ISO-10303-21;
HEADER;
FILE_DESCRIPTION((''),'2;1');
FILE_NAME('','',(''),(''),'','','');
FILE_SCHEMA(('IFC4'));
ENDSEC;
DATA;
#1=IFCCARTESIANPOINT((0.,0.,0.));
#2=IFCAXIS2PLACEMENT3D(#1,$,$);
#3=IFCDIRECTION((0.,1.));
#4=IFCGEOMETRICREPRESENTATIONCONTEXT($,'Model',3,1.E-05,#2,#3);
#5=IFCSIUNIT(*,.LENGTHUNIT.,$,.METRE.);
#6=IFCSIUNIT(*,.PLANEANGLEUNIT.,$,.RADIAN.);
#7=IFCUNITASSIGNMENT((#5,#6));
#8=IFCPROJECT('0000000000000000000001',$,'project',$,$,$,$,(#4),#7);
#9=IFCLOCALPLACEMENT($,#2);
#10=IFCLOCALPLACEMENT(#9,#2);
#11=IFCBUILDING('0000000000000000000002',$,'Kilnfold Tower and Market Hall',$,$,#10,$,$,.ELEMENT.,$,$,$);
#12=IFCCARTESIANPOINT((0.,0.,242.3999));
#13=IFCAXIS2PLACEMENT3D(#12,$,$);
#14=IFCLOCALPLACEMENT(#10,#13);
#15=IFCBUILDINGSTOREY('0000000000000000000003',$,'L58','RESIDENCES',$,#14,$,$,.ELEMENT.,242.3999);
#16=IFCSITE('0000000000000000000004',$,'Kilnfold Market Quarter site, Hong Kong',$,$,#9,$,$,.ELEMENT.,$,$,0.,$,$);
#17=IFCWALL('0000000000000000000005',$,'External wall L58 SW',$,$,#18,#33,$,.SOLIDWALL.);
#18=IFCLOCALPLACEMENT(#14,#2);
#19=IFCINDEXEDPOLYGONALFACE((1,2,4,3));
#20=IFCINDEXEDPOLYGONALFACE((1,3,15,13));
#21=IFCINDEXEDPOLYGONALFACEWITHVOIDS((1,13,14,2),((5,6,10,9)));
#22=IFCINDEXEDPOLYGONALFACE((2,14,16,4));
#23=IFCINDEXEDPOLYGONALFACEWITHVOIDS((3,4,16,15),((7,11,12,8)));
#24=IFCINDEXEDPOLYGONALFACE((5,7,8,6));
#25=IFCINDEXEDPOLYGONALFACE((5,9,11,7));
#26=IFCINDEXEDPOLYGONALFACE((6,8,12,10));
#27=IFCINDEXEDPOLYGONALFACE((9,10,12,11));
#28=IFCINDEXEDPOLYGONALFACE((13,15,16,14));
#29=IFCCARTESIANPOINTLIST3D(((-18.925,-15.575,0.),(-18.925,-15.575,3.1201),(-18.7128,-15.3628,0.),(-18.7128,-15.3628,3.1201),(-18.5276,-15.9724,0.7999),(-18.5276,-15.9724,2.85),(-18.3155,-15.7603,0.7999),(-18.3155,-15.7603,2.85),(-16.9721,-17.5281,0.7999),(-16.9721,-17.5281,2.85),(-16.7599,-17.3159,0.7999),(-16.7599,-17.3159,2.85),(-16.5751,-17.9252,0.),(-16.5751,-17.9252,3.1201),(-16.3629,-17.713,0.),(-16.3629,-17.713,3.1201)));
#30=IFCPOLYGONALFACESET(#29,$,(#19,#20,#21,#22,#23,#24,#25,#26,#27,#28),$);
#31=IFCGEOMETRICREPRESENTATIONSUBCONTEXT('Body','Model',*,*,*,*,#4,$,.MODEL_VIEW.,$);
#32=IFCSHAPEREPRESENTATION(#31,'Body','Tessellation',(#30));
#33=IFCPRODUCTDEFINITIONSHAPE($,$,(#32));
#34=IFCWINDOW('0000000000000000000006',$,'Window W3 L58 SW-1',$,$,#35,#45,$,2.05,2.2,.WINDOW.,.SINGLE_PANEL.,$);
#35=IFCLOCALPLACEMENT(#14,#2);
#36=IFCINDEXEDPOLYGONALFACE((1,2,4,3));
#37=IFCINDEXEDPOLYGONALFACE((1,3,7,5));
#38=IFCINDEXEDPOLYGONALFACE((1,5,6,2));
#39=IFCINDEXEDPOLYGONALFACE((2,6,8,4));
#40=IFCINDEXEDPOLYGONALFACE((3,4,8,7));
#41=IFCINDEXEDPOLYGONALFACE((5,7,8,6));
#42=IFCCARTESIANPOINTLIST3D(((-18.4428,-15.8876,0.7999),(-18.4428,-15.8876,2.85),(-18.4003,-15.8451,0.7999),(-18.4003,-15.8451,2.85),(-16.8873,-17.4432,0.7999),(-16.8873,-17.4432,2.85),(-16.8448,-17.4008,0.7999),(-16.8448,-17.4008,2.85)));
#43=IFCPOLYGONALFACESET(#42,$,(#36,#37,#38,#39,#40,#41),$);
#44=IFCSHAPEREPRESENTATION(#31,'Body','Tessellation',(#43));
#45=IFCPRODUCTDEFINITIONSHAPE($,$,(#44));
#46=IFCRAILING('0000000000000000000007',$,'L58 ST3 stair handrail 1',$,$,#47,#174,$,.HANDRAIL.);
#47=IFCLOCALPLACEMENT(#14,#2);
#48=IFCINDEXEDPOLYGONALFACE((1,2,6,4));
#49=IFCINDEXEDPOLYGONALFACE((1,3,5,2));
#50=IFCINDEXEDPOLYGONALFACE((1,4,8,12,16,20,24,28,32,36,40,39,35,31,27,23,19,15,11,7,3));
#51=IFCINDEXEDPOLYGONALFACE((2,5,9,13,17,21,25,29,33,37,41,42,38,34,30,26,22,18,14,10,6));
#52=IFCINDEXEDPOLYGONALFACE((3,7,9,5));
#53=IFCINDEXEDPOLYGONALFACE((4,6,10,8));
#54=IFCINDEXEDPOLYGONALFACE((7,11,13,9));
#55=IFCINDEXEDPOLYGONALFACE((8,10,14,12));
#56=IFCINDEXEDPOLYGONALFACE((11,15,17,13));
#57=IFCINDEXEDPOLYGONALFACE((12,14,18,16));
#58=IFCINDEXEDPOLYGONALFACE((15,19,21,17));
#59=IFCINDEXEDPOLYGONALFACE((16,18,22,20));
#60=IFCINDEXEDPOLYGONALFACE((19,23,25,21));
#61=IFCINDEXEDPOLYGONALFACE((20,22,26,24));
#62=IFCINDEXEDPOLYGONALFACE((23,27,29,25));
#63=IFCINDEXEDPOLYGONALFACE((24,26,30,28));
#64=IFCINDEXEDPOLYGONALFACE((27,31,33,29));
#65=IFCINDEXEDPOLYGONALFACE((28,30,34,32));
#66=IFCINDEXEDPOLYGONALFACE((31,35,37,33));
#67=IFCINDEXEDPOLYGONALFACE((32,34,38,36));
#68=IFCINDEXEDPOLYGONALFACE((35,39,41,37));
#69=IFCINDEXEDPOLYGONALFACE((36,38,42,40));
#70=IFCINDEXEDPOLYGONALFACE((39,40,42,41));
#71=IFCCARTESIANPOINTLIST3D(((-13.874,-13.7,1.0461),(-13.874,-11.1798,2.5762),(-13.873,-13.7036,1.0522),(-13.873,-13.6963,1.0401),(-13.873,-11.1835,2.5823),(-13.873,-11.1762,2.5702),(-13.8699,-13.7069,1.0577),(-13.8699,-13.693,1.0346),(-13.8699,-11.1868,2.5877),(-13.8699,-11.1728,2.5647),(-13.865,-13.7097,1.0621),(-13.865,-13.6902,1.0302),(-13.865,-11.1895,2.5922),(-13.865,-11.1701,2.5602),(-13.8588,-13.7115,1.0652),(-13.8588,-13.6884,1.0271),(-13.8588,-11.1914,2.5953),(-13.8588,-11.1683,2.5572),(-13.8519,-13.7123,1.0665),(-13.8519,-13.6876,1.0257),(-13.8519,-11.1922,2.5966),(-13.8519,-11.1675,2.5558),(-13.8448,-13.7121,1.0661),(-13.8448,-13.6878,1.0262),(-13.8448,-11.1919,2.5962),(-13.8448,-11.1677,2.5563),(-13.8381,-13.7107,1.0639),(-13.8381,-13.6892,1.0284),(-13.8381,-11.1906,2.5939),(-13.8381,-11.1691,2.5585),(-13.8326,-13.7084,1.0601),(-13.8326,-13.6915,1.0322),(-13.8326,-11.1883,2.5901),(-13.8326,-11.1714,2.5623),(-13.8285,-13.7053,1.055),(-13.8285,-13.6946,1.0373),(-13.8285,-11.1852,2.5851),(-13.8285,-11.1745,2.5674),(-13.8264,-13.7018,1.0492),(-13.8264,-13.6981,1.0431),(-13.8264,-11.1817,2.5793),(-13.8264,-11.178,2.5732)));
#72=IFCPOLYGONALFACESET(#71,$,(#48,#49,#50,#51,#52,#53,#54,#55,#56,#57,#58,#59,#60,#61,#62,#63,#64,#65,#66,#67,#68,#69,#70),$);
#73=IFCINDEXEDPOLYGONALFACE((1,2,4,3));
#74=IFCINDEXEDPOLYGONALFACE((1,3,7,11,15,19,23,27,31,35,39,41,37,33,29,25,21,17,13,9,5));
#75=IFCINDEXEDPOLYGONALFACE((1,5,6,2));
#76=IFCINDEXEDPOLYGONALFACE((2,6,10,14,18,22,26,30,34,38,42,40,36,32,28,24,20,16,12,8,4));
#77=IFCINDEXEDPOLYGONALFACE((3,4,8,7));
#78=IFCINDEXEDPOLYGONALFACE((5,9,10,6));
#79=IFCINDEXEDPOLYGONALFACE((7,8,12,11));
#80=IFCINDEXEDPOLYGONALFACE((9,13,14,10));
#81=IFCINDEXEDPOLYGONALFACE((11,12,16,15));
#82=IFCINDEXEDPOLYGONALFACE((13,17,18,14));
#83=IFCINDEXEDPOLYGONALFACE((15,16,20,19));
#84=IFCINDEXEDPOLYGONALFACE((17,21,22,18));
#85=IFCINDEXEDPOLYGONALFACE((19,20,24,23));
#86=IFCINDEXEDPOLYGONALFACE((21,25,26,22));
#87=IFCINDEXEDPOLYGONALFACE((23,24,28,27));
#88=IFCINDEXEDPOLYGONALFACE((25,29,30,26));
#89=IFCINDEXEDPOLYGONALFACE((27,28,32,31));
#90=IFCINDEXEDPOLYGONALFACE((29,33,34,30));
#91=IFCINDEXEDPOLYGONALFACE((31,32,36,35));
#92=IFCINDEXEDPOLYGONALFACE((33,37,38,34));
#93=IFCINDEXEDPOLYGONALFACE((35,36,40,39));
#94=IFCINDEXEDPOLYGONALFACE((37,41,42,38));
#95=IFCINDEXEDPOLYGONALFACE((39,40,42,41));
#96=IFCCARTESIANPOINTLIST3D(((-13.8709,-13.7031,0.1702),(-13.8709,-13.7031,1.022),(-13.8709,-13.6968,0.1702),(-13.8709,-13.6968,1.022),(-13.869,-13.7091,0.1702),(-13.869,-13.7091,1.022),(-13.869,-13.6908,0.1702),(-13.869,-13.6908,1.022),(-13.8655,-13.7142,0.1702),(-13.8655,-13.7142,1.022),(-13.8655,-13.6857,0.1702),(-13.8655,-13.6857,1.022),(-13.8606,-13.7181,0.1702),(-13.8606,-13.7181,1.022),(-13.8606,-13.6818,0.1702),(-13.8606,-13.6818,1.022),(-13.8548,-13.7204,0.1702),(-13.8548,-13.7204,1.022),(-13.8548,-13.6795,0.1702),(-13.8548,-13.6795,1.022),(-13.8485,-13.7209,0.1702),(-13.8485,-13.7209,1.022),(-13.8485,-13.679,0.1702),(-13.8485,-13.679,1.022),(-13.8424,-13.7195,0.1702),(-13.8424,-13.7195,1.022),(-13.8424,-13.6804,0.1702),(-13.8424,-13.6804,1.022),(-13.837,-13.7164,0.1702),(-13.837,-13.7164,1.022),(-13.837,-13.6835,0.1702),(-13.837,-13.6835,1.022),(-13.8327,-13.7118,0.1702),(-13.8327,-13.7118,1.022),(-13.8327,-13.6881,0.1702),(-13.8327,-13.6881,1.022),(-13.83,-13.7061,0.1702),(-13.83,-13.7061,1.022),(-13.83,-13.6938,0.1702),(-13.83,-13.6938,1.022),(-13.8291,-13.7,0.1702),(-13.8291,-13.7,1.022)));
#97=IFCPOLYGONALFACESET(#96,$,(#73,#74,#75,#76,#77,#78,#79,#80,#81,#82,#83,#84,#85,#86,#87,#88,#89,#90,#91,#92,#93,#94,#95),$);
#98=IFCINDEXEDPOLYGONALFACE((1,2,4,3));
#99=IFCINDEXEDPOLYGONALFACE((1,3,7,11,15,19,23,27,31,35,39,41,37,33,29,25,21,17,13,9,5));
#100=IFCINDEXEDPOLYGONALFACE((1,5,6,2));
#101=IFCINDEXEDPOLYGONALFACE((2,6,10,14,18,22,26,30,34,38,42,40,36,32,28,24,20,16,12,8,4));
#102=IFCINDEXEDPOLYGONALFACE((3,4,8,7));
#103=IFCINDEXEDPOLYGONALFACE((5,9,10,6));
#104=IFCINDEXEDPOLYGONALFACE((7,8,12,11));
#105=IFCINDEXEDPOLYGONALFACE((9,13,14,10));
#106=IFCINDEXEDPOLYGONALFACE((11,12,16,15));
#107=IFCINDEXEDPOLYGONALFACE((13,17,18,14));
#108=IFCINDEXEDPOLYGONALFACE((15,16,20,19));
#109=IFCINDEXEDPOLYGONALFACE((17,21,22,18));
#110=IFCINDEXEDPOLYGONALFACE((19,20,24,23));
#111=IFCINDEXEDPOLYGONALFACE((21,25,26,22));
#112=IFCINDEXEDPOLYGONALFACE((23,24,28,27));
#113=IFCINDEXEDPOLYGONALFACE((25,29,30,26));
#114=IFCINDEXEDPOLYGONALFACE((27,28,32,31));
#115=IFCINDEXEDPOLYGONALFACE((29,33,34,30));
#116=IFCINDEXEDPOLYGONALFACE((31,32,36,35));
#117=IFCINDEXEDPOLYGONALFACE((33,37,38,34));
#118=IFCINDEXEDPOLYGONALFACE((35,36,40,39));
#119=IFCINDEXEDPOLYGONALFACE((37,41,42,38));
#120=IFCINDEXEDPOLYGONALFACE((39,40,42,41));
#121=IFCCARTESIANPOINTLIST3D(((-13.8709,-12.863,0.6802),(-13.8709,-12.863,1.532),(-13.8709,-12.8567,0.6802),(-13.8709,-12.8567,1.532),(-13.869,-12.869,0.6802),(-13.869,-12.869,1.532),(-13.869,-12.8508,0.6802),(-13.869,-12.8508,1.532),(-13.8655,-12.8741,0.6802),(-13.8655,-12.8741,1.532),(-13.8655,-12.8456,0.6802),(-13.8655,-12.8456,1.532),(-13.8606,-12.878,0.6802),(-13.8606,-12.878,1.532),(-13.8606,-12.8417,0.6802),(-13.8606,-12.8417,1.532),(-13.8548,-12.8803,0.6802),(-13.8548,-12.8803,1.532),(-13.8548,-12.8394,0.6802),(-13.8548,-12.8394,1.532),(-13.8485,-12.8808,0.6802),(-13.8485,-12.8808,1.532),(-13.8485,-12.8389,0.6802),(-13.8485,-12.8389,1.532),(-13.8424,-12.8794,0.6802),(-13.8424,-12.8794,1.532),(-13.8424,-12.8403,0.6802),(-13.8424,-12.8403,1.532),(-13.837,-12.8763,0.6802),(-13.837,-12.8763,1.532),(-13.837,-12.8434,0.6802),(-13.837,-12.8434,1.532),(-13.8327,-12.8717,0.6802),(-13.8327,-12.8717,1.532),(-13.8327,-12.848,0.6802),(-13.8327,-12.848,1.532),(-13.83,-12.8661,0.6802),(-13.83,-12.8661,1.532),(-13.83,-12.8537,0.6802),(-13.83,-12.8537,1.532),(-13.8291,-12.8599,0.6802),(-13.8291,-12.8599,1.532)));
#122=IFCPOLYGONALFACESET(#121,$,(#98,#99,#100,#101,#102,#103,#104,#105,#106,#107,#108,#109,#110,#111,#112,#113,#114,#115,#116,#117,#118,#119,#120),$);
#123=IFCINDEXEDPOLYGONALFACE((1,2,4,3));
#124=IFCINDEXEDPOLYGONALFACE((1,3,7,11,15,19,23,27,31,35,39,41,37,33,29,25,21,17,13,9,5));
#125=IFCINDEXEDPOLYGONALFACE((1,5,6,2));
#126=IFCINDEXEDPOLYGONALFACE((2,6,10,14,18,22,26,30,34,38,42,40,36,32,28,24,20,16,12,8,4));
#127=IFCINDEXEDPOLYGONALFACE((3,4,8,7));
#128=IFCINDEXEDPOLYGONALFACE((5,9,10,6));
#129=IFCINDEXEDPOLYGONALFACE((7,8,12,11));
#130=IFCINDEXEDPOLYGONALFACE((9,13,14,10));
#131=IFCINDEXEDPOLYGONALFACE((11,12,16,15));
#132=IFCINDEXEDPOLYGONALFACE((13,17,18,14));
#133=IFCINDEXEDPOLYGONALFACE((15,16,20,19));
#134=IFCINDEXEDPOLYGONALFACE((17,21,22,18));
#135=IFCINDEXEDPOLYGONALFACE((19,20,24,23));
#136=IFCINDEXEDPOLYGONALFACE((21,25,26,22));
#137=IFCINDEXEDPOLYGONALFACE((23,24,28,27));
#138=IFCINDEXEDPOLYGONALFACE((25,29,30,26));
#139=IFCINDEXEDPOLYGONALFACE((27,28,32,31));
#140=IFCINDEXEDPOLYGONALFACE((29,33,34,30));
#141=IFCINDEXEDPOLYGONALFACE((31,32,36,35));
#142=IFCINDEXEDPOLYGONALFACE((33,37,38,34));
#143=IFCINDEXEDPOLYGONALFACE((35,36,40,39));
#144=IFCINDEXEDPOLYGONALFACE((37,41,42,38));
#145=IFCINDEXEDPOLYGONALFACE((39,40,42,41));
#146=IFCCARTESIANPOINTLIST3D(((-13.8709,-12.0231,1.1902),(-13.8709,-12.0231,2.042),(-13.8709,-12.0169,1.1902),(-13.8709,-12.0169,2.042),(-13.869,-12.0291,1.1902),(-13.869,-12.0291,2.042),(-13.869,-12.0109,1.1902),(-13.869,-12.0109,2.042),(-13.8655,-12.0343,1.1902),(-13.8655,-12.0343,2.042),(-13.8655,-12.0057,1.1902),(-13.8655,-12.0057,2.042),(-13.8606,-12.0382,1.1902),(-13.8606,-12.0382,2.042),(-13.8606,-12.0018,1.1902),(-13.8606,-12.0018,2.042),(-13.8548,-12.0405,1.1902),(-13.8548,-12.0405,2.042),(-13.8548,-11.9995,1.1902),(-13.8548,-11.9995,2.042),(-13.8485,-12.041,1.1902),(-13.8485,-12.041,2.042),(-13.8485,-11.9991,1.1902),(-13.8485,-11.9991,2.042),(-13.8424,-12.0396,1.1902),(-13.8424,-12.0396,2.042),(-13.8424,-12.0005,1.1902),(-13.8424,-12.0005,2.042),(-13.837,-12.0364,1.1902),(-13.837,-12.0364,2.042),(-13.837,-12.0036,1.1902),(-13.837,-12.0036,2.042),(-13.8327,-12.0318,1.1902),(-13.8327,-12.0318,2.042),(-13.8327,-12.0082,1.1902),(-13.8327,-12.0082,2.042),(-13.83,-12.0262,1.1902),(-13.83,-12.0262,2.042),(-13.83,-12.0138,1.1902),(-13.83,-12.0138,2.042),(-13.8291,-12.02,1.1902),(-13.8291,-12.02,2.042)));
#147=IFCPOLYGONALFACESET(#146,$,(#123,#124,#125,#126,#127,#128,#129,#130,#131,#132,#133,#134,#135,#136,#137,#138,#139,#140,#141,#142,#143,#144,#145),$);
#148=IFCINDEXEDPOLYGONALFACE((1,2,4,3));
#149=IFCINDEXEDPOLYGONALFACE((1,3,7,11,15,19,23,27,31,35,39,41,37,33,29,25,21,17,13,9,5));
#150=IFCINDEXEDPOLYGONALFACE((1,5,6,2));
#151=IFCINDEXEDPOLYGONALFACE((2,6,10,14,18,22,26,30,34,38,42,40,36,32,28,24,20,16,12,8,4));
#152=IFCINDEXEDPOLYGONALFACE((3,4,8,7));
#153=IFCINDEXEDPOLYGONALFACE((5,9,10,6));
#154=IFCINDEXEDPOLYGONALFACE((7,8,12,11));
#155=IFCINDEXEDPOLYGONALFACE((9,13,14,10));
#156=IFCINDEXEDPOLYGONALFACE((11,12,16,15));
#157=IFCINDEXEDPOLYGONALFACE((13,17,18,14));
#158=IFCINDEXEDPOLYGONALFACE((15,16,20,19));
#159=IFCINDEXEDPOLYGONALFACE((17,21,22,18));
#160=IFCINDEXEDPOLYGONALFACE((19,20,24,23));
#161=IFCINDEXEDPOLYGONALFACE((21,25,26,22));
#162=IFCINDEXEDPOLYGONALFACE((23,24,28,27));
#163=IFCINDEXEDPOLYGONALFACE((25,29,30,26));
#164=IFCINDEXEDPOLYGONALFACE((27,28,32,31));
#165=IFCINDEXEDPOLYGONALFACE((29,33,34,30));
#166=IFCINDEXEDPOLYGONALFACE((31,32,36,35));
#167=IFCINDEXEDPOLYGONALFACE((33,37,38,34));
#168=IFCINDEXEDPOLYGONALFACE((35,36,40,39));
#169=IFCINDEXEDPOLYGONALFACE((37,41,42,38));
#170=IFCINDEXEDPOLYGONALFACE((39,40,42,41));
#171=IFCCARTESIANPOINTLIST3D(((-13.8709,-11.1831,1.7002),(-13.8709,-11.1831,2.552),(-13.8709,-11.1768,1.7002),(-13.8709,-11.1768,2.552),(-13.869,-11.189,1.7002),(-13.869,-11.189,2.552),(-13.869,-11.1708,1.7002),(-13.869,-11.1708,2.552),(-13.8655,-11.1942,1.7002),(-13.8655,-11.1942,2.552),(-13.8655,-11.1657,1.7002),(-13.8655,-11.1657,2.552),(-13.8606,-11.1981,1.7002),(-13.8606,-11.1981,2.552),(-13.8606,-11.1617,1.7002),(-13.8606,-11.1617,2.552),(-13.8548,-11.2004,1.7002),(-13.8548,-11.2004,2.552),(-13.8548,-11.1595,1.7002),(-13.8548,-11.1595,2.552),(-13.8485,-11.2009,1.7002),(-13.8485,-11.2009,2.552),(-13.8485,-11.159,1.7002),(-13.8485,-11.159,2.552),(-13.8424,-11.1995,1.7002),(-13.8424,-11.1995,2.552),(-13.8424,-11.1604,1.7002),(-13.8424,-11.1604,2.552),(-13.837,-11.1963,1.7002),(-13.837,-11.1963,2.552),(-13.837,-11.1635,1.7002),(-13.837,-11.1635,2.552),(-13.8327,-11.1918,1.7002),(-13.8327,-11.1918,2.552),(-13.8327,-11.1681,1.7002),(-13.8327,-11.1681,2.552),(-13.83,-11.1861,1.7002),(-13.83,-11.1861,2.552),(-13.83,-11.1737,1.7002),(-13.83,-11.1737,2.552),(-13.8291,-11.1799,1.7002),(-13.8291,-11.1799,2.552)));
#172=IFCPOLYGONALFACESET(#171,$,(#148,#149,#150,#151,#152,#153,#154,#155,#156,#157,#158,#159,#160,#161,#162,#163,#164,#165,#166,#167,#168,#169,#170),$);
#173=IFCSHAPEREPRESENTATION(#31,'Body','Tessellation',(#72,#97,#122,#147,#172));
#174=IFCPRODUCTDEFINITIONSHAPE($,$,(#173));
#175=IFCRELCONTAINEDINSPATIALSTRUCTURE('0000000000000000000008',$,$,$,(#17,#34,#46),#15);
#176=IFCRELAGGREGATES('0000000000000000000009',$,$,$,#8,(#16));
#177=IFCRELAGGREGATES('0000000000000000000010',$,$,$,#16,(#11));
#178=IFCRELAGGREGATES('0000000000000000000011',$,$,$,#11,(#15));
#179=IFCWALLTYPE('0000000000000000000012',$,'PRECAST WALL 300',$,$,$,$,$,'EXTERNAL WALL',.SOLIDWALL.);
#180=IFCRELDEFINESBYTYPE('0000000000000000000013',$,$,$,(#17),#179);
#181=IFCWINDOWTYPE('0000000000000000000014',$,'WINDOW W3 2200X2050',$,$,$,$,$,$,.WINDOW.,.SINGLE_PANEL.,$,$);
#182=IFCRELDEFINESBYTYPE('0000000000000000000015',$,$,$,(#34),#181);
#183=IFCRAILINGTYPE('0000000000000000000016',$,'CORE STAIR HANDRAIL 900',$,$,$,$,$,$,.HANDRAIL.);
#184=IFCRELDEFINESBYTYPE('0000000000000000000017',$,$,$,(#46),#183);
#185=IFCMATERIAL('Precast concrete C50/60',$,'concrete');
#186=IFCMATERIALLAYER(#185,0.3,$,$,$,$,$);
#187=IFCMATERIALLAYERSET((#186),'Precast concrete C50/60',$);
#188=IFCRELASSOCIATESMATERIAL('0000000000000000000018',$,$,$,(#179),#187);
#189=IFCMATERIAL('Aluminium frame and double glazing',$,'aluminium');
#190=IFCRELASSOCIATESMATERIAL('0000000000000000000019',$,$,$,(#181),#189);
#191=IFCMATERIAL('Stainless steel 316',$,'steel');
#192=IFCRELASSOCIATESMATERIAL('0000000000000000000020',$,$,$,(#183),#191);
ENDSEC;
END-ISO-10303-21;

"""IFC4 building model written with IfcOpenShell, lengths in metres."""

from ifc_helpers import new_model, si_unit, direction, frame, frame_2d, origin, origin_2d, place, context, subcontext, project, spatial, rectangle, circle, extrude, source, transform, mapped, material, layer, layer_set, type_object, element, fill, save


model = new_model("IFC4")

# Units and contexts
model_context = context("Model", 3, precision=1e-05, world=origin(), true_north=direction((0.0, 1.0)))
body_context = subcontext(model_context, "Body", "Model", "MODEL_VIEW")
ifc_project = project(units=[si_unit("LENGTHUNIT", "METRE"), si_unit("PLANEANGLEUNIT", "RADIAN")], contexts=[model_context])

# Site, building, storey
site_placement = place(None, origin())
site = spatial("IfcSite", under=ifc_project, at=site_placement, Name="Kilnfold Market Quarter site, Hong Kong", CompositionType="ELEMENT", RefElevation=0.0)
building_placement = place(site_placement, origin())
building = spatial("IfcBuilding", under=site, at=building_placement, Name="Kilnfold Tower and Market Hall", CompositionType="ELEMENT")
storey_placement = place(building_placement, frame((0.0, 0.0, 242.3999)))
storey = spatial("IfcBuildingStorey", under=building, at=storey_placement, Name="L58", Description="RESIDENCES", CompositionType="ELEMENT", Elevation=242.3999)

# Shared definitions
ifc_material_1 = material(Name="Precast concrete C50/60", Category="concrete")
ifc_layer_1 = layer(ifc_material_1, 0.3)
ifc_layer_set_1 = layer_set([ifc_layer_1], Name="Precast concrete C50/60")
wall_type_1 = type_object("IfcWallType", Name="PRECAST WALL 300", ElementType="EXTERNAL WALL", PredefinedType="SOLIDWALL", material=ifc_layer_set_1)

# Wall, opening, window
shared_shape_1 = source(origin(), body_context, "Body", "SweptSolid", [
    extrude(rectangle(XDim=3.3235, YDim=0.3, at=frame_2d((1.6616, 0.0))), origin(), (0.0, 0.0, 1.0), 3.1201),
])
wall_1_placement = place(storey_placement, frame((-18.8188, -15.469, 0.0), z_axis=(0.0, 0.0, 1.0), x_axis=(0.70707, -0.707144, 0.0)))
wall_1 = element("IfcWall", 1, at=wall_1_placement, inside=storey, type_object=wall_type_1, Name="External wall L58 SW", PredefinedType="SOLIDWALL", context=body_context, shape_type="MappedRepresentation", body=[
    mapped(shared_shape_1, transform((0.0, 0.0, 0.0))),
])
opening_1_placement = place(wall_1_placement, frame((0.5618, 0.0, 0.8)))
opening_1 = element("IfcOpeningElement", 2, at=opening_1_placement, cuts=wall_1, PredefinedType="OPENING", context=body_context, shape_type="SweptSolid", body=[
    extrude(rectangle(XDim=2.2, YDim=2.05, at=frame_2d((1.1001, 1.0249))), frame((0.0, 0.1602, 0.0), z_axis=(0.0, -1.0, 0.0), x_axis=(1.0, 0.0, 0.0)), (0.0, 0.0, 1.0), 0.3201),
])
ifc_material_2 = material(Name="Aluminium frame and double glazing", Category="aluminium")
window_type_1 = type_object("IfcWindowType", Name="WINDOW W3 2200X2050", PartitioningType="SINGLE_PANEL", PredefinedType="WINDOW", material=ifc_material_2)
window_1_placement = place(opening_1_placement, origin())
window_1 = element("IfcWindow", 3, at=window_1_placement, inside=storey, type_object=window_type_1, Name="Window W3 L58 SW-1", OverallHeight=2.05, OverallWidth=2.2, PartitioningType="SINGLE_PANEL", PredefinedType="WINDOW", context=body_context, shape_type="SweptSolid", body=[
    extrude(rectangle(XDim=2.2, YDim=2.05, at=frame_2d((1.1001, 1.0249))), frame((0.0, 0.03, 0.0), z_axis=(0.0, -1.0, 0.0), x_axis=(1.0, 0.0, 0.0)), (0.0, 0.0, 1.0), 0.0601),
])
fill(opening_1, window_1)

# Railing
ifc_material_3 = material(Name="Stainless steel 316", Category="steel")
railing_type_1 = type_object("IfcRailingType", Name="CORE STAIR HANDRAIL 900", PredefinedType="HANDRAIL", material=ifc_material_3)
railing_1_placement = place(storey_placement, frame((-13.8501, -13.7, 0.1702)))
element("IfcRailing", 4, at=railing_1_placement, inside=storey, type_object=railing_type_1, Name="L58 ST3 stair handrail 1", PredefinedType="HANDRAIL", context=body_context, shape_type="SweptSolid", body=[
    extrude(circle(Radius=0.0239, at=origin_2d()), frame((0.0, 0.0, 0.876), z_axis=(0.0, 0.854785, 0.518982), x_axis=(-1.0, 0.0, 0.0)), (0.0, 0.0, 1.0), 2.9482),
    extrude(circle(Radius=0.021, at=origin_2d()), origin(), (0.0, 0.0, 1.0), 0.8518),
    extrude(circle(Radius=0.021, at=origin_2d()), frame((0.0, 0.8401, 0.51)), (0.0, 0.0, 1.0), 0.8518),
    extrude(circle(Radius=0.021, at=origin_2d()), frame((0.0, 1.6799, 1.02)), (0.0, 0.0, 1.0), 0.8518),
    extrude(circle(Radius=0.021, at=origin_2d()), frame((0.0, 2.52, 1.53)), (0.0, 0.0, 1.0), 0.8518),
])

save(model, "model.ifc")
